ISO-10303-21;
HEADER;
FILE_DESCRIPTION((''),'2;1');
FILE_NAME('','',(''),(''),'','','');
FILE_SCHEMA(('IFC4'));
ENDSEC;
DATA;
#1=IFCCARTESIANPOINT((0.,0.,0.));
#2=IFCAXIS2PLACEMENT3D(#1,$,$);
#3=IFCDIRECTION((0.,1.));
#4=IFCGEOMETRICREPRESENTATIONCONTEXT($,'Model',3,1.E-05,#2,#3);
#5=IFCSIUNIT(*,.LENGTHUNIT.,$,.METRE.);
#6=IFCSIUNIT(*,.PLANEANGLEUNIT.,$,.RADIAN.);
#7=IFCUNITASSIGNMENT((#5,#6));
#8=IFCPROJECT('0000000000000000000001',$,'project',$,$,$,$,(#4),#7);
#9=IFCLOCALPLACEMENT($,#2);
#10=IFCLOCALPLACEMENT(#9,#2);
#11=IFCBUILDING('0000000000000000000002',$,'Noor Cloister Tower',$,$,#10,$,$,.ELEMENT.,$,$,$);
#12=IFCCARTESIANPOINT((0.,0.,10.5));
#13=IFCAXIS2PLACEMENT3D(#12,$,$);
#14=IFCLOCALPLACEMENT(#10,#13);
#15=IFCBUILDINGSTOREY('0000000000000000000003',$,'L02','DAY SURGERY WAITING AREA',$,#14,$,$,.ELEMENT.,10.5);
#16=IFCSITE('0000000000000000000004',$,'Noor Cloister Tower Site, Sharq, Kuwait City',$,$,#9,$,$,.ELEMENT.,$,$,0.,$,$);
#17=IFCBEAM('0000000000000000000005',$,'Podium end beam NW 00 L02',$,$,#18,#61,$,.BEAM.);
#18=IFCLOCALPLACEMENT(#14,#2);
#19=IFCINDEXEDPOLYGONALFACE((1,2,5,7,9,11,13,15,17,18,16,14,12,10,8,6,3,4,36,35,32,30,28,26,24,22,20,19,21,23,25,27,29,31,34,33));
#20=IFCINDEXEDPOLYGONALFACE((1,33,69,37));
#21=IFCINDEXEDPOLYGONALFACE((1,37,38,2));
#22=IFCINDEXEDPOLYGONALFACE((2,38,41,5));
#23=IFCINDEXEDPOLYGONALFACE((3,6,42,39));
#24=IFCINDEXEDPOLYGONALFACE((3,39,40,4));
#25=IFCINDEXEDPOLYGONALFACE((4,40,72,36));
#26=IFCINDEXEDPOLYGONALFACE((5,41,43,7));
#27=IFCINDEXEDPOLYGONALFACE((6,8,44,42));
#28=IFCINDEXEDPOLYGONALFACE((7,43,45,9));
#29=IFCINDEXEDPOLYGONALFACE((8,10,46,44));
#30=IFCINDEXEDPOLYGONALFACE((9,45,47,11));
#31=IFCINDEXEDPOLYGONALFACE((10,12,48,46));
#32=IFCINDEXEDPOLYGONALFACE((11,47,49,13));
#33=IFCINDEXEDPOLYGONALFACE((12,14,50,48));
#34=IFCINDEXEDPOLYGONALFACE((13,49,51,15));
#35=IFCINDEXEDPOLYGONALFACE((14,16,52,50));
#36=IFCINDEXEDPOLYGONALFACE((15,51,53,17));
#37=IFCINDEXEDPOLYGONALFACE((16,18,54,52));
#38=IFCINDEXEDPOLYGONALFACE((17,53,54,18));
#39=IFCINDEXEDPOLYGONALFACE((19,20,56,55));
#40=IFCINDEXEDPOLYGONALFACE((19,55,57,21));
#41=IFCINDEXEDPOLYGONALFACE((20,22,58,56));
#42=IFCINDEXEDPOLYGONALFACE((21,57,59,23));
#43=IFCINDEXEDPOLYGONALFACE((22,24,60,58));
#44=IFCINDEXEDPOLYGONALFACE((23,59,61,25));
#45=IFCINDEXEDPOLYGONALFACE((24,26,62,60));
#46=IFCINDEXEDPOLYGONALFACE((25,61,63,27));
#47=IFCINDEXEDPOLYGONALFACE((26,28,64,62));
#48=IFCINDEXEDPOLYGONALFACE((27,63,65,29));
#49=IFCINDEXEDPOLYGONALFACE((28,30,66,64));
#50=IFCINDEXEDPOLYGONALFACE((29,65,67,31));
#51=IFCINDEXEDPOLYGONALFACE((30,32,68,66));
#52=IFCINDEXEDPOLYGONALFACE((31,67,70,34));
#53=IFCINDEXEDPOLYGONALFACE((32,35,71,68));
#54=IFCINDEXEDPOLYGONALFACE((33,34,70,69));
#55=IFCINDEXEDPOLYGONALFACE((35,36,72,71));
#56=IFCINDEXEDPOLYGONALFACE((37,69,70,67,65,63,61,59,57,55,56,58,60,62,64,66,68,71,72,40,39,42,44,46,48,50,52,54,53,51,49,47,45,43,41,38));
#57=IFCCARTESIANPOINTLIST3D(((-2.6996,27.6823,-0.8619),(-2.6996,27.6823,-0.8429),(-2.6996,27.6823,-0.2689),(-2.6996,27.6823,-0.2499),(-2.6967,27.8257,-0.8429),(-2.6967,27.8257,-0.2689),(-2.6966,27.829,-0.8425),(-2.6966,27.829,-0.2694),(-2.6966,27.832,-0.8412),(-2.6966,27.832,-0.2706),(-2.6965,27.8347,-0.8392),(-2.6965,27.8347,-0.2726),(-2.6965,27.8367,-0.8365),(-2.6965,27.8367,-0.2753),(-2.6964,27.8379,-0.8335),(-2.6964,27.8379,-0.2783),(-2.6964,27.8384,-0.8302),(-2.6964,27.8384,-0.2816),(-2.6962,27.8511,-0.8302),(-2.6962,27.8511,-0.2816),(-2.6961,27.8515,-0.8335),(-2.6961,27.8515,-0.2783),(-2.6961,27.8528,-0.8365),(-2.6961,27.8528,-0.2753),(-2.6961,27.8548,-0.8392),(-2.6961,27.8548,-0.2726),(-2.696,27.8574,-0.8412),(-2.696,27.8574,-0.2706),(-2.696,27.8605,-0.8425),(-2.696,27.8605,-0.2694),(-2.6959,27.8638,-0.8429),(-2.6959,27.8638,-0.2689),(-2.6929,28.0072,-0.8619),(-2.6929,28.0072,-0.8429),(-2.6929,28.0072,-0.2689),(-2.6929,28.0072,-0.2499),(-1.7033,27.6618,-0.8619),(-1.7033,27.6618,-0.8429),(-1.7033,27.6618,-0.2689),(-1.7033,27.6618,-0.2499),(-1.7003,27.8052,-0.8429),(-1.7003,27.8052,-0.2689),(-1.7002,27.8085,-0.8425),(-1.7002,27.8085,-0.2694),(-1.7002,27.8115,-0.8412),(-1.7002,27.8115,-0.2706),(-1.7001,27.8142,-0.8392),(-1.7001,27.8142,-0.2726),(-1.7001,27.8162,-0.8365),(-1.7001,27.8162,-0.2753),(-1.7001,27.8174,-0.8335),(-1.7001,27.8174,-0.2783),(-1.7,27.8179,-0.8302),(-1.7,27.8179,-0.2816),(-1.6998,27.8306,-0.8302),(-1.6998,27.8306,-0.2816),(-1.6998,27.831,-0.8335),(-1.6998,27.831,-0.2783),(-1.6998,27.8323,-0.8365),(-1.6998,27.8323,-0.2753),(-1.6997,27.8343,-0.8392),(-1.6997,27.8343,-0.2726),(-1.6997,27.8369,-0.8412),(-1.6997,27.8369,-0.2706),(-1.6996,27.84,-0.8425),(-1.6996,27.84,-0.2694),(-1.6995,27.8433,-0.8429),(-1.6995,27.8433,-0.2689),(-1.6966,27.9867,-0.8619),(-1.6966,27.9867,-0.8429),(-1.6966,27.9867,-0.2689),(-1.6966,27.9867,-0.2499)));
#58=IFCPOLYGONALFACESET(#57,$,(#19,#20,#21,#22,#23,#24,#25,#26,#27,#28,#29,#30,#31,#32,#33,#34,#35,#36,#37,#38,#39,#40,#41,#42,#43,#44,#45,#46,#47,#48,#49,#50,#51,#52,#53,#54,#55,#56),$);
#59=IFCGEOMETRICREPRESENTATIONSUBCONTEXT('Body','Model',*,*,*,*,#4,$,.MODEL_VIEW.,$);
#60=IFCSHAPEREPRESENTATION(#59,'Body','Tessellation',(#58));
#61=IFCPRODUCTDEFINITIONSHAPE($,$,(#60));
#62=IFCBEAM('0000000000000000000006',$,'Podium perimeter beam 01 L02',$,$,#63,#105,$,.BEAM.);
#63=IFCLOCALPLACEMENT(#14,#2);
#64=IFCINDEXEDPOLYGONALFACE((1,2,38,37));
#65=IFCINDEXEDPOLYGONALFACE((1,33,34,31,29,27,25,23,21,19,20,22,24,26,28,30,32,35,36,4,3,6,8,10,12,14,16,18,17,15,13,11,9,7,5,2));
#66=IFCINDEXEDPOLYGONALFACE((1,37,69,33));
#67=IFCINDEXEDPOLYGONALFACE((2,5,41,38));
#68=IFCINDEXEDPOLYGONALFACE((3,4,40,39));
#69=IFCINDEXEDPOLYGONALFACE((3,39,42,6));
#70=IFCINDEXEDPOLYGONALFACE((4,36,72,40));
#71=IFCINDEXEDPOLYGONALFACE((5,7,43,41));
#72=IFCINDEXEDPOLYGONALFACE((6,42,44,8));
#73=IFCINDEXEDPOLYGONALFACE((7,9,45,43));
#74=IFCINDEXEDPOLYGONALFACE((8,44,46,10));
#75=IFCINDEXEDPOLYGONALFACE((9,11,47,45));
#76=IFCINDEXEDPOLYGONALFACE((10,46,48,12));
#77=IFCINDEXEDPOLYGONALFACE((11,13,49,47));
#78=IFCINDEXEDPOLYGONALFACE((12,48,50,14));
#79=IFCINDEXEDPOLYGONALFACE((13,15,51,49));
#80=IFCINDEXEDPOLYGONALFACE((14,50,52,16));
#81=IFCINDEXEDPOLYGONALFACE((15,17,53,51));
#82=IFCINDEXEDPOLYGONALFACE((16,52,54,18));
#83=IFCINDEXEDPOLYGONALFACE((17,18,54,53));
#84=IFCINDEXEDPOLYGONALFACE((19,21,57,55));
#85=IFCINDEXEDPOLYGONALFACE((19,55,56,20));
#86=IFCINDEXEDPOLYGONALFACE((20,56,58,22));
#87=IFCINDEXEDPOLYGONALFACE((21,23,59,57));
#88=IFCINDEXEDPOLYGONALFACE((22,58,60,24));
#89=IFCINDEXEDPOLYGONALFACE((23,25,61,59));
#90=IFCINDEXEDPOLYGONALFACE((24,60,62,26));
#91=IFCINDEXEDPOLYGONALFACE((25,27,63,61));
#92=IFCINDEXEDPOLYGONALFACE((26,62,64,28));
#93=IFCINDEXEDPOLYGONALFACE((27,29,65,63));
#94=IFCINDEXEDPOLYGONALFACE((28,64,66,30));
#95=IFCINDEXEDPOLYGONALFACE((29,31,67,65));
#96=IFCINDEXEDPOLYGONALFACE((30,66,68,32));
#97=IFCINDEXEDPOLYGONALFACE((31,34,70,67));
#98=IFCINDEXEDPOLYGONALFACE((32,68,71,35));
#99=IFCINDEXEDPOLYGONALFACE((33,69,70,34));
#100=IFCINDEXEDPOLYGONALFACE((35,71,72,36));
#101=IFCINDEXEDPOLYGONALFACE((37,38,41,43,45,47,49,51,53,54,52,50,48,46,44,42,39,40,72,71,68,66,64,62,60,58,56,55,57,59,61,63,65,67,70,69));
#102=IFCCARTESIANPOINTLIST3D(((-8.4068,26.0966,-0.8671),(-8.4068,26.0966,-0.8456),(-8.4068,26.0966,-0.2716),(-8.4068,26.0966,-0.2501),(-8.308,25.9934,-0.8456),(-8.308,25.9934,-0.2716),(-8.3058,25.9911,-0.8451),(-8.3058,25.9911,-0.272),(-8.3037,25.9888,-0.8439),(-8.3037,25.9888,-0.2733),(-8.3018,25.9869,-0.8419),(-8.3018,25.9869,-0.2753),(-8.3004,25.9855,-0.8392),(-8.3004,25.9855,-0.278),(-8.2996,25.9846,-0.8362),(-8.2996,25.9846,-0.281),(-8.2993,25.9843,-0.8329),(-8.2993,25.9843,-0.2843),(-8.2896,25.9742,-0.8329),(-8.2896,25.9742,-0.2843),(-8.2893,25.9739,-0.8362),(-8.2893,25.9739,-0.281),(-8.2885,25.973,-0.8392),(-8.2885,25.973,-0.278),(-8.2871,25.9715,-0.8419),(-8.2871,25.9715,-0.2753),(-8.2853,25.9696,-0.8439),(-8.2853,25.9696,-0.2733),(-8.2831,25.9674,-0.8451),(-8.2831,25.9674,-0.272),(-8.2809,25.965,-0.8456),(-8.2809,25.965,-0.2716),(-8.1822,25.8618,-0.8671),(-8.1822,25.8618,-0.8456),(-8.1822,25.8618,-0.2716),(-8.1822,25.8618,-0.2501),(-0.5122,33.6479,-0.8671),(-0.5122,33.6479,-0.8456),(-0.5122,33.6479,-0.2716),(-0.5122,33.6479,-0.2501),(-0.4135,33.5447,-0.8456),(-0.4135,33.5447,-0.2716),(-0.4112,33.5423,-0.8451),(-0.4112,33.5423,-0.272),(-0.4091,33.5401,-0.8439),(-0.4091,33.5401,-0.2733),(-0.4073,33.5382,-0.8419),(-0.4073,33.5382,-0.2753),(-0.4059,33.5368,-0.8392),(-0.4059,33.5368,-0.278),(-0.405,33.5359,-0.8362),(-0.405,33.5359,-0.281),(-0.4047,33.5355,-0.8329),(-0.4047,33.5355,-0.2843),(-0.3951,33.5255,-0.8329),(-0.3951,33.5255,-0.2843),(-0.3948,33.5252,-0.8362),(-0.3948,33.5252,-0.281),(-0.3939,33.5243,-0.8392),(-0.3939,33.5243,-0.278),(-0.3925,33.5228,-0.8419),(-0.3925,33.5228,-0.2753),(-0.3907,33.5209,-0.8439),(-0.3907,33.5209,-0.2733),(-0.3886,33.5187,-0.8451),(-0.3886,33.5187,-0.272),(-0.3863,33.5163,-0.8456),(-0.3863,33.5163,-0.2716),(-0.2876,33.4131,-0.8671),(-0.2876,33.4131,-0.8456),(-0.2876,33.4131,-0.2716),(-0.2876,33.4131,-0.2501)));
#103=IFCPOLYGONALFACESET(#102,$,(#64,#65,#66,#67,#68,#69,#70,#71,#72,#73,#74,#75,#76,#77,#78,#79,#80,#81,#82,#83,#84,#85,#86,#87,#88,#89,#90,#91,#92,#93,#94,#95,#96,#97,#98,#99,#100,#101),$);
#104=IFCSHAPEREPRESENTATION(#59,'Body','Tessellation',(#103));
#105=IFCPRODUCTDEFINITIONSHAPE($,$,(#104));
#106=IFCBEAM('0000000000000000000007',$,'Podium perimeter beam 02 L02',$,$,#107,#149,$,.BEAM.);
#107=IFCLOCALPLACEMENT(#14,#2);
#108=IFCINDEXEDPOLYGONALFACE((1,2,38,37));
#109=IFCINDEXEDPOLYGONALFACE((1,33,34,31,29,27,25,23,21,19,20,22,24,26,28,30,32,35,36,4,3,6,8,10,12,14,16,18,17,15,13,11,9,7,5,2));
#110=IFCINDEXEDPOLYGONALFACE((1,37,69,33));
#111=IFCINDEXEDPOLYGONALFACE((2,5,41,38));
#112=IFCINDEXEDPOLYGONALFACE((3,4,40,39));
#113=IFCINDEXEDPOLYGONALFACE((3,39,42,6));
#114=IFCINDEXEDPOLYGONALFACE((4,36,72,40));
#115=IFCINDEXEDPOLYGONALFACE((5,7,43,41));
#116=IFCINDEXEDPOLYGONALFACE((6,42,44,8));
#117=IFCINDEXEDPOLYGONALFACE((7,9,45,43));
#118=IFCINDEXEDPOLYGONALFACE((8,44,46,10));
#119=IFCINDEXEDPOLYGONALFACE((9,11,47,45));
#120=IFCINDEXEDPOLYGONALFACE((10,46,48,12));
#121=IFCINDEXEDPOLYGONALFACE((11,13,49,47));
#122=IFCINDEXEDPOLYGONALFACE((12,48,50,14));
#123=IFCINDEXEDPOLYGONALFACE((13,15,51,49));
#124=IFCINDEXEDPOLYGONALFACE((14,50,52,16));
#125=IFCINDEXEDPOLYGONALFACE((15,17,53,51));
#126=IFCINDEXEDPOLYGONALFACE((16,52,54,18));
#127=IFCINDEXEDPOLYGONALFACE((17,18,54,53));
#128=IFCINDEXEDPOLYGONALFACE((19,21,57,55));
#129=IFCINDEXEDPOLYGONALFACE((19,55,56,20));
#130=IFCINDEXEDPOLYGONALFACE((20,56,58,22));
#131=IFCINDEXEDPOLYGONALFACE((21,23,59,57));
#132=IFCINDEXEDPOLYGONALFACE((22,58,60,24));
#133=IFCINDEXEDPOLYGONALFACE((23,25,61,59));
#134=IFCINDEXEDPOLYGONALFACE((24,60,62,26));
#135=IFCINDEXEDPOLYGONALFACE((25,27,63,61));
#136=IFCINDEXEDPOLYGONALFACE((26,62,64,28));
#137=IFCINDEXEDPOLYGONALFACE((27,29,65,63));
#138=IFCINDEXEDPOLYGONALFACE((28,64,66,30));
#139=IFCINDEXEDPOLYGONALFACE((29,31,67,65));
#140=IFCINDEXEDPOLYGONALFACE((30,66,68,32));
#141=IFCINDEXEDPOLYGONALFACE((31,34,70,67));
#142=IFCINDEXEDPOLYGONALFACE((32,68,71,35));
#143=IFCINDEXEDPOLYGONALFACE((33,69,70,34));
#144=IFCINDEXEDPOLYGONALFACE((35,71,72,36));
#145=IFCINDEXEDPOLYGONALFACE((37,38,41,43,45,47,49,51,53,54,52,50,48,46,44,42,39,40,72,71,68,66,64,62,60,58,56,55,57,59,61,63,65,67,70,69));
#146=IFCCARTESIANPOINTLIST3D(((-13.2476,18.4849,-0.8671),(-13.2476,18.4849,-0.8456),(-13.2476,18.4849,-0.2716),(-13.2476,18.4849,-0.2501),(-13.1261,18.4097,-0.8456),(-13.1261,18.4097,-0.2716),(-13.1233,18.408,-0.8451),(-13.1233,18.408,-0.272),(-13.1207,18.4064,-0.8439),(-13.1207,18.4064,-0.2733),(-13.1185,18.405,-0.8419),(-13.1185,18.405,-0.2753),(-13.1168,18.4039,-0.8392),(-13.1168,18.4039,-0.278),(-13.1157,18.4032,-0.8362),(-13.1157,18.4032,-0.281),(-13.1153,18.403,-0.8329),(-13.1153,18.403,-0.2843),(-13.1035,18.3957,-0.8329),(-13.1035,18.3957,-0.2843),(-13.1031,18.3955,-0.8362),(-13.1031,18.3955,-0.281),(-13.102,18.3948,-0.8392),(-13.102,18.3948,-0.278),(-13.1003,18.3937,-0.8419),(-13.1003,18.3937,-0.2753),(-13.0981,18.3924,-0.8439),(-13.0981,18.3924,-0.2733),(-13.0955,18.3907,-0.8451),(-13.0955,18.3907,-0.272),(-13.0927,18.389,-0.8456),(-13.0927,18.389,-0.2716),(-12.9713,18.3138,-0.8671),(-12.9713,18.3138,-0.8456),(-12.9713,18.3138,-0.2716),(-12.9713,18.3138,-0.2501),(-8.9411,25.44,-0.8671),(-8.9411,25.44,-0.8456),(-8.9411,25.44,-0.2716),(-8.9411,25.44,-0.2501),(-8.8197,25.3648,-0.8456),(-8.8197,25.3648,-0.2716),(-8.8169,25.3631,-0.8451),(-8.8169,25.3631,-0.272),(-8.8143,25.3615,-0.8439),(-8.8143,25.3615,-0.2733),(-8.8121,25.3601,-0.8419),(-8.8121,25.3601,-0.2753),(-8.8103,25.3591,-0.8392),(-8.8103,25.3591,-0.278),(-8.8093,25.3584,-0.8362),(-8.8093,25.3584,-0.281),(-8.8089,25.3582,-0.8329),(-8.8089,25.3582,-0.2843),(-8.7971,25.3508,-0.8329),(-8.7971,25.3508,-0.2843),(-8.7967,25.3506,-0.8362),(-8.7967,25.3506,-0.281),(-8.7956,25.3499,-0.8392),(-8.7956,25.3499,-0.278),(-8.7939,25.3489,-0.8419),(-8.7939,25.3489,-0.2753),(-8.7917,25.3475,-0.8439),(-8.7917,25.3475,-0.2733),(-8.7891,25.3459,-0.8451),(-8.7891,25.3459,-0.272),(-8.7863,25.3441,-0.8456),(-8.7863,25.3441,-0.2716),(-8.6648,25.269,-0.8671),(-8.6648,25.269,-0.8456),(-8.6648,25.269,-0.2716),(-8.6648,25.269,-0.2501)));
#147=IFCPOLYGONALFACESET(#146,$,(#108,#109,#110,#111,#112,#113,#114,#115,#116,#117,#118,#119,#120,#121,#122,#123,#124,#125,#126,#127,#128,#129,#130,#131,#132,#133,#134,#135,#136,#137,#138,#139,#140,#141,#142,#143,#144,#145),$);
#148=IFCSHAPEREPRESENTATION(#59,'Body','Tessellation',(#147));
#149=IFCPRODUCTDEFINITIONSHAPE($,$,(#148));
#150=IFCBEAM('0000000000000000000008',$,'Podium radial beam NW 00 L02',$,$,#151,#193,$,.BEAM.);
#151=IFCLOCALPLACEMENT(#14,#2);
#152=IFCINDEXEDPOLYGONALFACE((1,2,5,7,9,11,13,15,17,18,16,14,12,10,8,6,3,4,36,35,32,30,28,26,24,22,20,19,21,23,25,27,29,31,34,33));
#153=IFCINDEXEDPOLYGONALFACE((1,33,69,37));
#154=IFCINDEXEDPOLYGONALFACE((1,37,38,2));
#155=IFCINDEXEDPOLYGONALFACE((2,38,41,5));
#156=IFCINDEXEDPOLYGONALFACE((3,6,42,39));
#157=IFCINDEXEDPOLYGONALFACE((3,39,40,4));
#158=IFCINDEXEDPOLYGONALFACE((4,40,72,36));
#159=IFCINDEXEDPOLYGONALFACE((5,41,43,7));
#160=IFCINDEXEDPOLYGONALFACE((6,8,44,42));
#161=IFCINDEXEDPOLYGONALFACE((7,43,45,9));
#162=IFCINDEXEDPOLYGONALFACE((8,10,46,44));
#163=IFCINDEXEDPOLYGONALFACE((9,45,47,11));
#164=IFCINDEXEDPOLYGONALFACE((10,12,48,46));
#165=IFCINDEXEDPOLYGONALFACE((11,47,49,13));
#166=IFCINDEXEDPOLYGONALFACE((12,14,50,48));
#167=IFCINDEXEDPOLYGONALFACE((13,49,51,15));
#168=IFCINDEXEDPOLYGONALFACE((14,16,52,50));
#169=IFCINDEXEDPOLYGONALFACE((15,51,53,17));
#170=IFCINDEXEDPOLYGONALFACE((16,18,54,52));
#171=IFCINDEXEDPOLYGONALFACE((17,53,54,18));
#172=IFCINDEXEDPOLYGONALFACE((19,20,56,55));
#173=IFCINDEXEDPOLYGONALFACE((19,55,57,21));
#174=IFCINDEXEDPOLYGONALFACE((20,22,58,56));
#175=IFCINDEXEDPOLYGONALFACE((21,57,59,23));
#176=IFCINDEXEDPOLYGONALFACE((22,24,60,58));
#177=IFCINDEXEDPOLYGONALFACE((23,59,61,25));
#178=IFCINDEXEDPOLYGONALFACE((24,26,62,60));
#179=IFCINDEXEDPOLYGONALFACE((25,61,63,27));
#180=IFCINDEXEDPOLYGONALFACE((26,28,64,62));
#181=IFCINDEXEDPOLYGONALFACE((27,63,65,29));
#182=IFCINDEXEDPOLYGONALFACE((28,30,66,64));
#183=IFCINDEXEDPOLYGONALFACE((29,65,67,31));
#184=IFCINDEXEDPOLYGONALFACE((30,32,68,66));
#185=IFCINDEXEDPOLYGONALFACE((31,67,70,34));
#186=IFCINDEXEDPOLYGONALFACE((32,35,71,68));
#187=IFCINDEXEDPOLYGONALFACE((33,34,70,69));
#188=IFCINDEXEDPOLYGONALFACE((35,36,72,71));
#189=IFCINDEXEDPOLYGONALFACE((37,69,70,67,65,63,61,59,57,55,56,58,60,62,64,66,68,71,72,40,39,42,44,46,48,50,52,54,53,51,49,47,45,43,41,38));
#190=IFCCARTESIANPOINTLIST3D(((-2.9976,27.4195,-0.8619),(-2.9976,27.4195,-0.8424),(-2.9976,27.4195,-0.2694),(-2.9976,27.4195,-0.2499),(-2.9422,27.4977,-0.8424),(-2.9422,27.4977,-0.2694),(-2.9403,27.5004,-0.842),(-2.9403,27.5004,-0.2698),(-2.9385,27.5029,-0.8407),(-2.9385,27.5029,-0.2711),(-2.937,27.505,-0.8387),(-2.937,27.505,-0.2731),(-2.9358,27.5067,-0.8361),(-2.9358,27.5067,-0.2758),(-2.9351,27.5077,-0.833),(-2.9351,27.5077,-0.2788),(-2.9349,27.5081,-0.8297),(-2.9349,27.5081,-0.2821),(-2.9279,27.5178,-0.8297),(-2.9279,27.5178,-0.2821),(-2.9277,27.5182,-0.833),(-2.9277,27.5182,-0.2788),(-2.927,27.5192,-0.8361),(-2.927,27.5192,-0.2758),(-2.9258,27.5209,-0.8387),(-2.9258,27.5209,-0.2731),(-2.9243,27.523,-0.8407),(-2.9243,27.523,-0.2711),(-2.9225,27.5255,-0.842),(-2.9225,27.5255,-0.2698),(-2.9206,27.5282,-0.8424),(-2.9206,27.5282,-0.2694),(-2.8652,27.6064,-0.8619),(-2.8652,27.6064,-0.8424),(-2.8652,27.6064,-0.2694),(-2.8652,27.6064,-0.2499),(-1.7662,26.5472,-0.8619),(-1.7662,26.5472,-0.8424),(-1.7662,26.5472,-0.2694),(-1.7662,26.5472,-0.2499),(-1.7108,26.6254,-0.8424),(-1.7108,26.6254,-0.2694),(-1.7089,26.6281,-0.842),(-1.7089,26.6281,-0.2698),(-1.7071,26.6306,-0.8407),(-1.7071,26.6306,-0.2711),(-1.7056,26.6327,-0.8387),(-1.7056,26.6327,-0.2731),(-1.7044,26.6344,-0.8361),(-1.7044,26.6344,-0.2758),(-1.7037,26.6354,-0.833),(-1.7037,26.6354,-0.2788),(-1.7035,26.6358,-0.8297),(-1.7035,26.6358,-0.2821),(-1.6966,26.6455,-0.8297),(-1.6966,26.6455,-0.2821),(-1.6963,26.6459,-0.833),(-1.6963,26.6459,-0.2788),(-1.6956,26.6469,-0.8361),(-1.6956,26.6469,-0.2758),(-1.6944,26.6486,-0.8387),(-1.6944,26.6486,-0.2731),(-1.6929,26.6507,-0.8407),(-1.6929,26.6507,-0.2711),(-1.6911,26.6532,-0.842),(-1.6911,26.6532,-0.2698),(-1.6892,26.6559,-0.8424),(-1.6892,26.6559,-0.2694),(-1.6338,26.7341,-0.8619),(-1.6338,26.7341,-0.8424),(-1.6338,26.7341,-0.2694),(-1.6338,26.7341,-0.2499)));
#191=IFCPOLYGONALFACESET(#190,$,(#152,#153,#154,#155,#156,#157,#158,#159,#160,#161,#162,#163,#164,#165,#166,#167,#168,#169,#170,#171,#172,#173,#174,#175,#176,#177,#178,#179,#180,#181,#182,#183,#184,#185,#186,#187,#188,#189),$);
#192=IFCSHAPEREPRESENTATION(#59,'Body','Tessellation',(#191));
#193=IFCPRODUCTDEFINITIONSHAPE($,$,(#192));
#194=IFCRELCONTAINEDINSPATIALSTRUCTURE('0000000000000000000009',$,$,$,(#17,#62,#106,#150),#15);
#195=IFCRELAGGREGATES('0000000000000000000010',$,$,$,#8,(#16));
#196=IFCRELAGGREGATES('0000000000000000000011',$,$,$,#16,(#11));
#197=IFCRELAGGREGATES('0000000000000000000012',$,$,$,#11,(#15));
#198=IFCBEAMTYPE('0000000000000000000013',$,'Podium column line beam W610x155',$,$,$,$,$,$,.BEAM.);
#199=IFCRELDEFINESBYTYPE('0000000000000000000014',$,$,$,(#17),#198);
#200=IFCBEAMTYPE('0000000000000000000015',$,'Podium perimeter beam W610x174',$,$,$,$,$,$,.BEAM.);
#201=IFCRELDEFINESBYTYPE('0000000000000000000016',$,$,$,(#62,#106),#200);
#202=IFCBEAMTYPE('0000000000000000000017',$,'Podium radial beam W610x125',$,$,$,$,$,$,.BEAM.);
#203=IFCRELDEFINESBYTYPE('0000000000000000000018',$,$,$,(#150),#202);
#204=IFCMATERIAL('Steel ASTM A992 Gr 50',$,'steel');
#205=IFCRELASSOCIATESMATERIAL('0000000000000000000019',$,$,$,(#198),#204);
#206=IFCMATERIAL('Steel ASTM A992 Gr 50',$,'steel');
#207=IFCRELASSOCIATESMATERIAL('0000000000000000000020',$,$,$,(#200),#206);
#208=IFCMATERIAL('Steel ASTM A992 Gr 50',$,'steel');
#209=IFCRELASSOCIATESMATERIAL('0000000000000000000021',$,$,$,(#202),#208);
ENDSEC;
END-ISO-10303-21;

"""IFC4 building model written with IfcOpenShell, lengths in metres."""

from ifc_helpers import new_model, si_unit, direction, frame, origin, origin_2d, place, context, subcontext, project, spatial, i_section, extrude, material, material_profile, profile_set, type_object, element, save


model = new_model("IFC4")

# Units and contexts
model_context = context("Model", 3, precision=1e-05, world=origin(), true_north=direction((0.0, 1.0)))
body_context = subcontext(model_context, "Body", "Model", "MODEL_VIEW")
ifc_project = project(units=[si_unit("LENGTHUNIT", "METRE"), si_unit("PLANEANGLEUNIT", "RADIAN")], contexts=[model_context])

# Site, building, storey
site_placement = place(None, origin())
site = spatial("IfcSite", under=ifc_project, at=site_placement, Name="Noor Cloister Tower Site, Sharq, Kuwait City", CompositionType="ELEMENT", RefElevation=0.0)
building_placement = place(site_placement, origin())
building = spatial("IfcBuilding", under=site, at=building_placement, Name="Noor Cloister Tower", CompositionType="ELEMENT")
storey_placement = place(building_placement, frame((0.0, 0.0, 10.5)))
storey = spatial("IfcBuildingStorey", under=building, at=storey_placement, Name="L02", Description="DAY SURGERY WAITING AREA", CompositionType="ELEMENT", Elevation=10.5)

# Beams
ifc_material_1 = material(Name="Steel ASTM A992 Gr 50", Category="steel")
ifc_material_profile_1 = material_profile(ifc_material_1, i_section(OverallWidth=0.325, OverallDepth=0.6121, WebThickness=0.0127, FlangeThickness=0.019, FilletRadius=0.0127, at=origin_2d()), Name="W610x155")
ifc_profile_set_1 = profile_set([ifc_material_profile_1], Name="Steel ASTM A992 Gr 50")
beam_type_1 = type_object("IfcBeamType", Name="Podium column line beam W610x155", PredefinedType="BEAM", material=ifc_profile_set_1)
beam_1_placement = place(storey_placement, frame((-2.6963, 27.8447, -0.5559), z_axis=(0.999788, -0.020579, 0.0), x_axis=(0.020579, 0.999788, 0.0)))
element("IfcBeam", 1, at=beam_1_placement, inside=storey, type_object=beam_type_1, Name="Podium end beam NW 00 L02", PredefinedType="BEAM", context=body_context, shape_type="SweptSolid", body=[
    extrude(i_section(OverallWidth=0.325, OverallDepth=0.6121, WebThickness=0.0127, FlangeThickness=0.019, FilletRadius=0.0127, at=origin_2d()), origin(), (0.0, 0.0, 1.0), 0.9966),
])
ifc_material_2 = material(Name="Steel ASTM A992 Gr 50", Category="steel")
ifc_material_profile_2 = material_profile(ifc_material_2, i_section(OverallWidth=0.325, OverallDepth=0.6169, WebThickness=0.0139, FlangeThickness=0.0215, FilletRadius=0.0127, at=origin_2d()), Name="W610x174")
ifc_profile_set_2 = profile_set([ifc_material_profile_2], Name="Steel ASTM A992 Gr 50")
beam_type_2 = type_object("IfcBeamType", Name="Podium perimeter beam W610x174", PredefinedType="BEAM", material=ifc_profile_set_2)
beam_2_placement = place(storey_placement, frame((-0.3999, 33.5305, -0.5586), z_axis=(-0.722643, -0.691222, 0.0), x_axis=(0.691222, -0.722643, 0.0)))
element("IfcBeam", 2, at=beam_2_placement, inside=storey, type_object=beam_type_2, Name="Podium perimeter beam 01 L02", PredefinedType="BEAM", context=body_context, shape_type="SweptSolid", body=[
    extrude(i_section(OverallWidth=0.325, OverallDepth=0.6169, WebThickness=0.0139, FlangeThickness=0.0215, FilletRadius=0.0127, at=origin_2d()), origin(), (0.0, 0.0, 1.0), 10.9246),
])
beam_3_placement = place(storey_placement, frame((-8.803, 25.3545, -0.5586), z_axis=(-0.526432, -0.850217, 0.0), x_axis=(0.850217, -0.526432, 0.0)))
element("IfcBeam", 3, at=beam_3_placement, inside=storey, type_object=beam_type_2, Name="Podium perimeter beam 02 L02", PredefinedType="BEAM", context=body_context, shape_type="SweptSolid", body=[
    extrude(i_section(OverallWidth=0.325, OverallDepth=0.6169, WebThickness=0.0139, FlangeThickness=0.0215, FilletRadius=0.0127, at=origin_2d()), origin(), (0.0, 0.0, 1.0), 8.1804),
])
ifc_material_3 = material(Name="Steel ASTM A992 Gr 50", Category="steel")
ifc_material_profile_3 = material_profile(ifc_material_3, i_section(OverallWidth=0.229, OverallDepth=0.6121, WebThickness=0.012, FlangeThickness=0.0195, FilletRadius=0.0127, at=origin_2d()), Name="W610x125")
ifc_profile_set_3 = profile_set([ifc_material_profile_3], Name="Steel ASTM A992 Gr 50")
beam_type_3 = type_object("IfcBeamType", Name="Podium radial beam W610x125", PredefinedType="BEAM", material=ifc_profile_set_3)
beam_4_placement = place(storey_placement, frame((-2.9314, 27.5129, -0.5559), z_axis=(0.816012, -0.578035, 0.0), x_axis=(0.578035, 0.816012, 0.0)))
element("IfcBeam", 4, at=beam_4_placement, inside=storey, type_object=beam_type_3, Name="Podium radial beam NW 00 L02", PredefinedType="BEAM", context=body_context, shape_type="SweptSolid", body=[
    extrude(i_section(OverallWidth=0.229, OverallDepth=0.6121, WebThickness=0.012, FlangeThickness=0.0195, FilletRadius=0.0127, at=origin_2d()), origin(), (0.0, 0.0, 1.0), 1.509),
])

save(model, "model.ifc")
